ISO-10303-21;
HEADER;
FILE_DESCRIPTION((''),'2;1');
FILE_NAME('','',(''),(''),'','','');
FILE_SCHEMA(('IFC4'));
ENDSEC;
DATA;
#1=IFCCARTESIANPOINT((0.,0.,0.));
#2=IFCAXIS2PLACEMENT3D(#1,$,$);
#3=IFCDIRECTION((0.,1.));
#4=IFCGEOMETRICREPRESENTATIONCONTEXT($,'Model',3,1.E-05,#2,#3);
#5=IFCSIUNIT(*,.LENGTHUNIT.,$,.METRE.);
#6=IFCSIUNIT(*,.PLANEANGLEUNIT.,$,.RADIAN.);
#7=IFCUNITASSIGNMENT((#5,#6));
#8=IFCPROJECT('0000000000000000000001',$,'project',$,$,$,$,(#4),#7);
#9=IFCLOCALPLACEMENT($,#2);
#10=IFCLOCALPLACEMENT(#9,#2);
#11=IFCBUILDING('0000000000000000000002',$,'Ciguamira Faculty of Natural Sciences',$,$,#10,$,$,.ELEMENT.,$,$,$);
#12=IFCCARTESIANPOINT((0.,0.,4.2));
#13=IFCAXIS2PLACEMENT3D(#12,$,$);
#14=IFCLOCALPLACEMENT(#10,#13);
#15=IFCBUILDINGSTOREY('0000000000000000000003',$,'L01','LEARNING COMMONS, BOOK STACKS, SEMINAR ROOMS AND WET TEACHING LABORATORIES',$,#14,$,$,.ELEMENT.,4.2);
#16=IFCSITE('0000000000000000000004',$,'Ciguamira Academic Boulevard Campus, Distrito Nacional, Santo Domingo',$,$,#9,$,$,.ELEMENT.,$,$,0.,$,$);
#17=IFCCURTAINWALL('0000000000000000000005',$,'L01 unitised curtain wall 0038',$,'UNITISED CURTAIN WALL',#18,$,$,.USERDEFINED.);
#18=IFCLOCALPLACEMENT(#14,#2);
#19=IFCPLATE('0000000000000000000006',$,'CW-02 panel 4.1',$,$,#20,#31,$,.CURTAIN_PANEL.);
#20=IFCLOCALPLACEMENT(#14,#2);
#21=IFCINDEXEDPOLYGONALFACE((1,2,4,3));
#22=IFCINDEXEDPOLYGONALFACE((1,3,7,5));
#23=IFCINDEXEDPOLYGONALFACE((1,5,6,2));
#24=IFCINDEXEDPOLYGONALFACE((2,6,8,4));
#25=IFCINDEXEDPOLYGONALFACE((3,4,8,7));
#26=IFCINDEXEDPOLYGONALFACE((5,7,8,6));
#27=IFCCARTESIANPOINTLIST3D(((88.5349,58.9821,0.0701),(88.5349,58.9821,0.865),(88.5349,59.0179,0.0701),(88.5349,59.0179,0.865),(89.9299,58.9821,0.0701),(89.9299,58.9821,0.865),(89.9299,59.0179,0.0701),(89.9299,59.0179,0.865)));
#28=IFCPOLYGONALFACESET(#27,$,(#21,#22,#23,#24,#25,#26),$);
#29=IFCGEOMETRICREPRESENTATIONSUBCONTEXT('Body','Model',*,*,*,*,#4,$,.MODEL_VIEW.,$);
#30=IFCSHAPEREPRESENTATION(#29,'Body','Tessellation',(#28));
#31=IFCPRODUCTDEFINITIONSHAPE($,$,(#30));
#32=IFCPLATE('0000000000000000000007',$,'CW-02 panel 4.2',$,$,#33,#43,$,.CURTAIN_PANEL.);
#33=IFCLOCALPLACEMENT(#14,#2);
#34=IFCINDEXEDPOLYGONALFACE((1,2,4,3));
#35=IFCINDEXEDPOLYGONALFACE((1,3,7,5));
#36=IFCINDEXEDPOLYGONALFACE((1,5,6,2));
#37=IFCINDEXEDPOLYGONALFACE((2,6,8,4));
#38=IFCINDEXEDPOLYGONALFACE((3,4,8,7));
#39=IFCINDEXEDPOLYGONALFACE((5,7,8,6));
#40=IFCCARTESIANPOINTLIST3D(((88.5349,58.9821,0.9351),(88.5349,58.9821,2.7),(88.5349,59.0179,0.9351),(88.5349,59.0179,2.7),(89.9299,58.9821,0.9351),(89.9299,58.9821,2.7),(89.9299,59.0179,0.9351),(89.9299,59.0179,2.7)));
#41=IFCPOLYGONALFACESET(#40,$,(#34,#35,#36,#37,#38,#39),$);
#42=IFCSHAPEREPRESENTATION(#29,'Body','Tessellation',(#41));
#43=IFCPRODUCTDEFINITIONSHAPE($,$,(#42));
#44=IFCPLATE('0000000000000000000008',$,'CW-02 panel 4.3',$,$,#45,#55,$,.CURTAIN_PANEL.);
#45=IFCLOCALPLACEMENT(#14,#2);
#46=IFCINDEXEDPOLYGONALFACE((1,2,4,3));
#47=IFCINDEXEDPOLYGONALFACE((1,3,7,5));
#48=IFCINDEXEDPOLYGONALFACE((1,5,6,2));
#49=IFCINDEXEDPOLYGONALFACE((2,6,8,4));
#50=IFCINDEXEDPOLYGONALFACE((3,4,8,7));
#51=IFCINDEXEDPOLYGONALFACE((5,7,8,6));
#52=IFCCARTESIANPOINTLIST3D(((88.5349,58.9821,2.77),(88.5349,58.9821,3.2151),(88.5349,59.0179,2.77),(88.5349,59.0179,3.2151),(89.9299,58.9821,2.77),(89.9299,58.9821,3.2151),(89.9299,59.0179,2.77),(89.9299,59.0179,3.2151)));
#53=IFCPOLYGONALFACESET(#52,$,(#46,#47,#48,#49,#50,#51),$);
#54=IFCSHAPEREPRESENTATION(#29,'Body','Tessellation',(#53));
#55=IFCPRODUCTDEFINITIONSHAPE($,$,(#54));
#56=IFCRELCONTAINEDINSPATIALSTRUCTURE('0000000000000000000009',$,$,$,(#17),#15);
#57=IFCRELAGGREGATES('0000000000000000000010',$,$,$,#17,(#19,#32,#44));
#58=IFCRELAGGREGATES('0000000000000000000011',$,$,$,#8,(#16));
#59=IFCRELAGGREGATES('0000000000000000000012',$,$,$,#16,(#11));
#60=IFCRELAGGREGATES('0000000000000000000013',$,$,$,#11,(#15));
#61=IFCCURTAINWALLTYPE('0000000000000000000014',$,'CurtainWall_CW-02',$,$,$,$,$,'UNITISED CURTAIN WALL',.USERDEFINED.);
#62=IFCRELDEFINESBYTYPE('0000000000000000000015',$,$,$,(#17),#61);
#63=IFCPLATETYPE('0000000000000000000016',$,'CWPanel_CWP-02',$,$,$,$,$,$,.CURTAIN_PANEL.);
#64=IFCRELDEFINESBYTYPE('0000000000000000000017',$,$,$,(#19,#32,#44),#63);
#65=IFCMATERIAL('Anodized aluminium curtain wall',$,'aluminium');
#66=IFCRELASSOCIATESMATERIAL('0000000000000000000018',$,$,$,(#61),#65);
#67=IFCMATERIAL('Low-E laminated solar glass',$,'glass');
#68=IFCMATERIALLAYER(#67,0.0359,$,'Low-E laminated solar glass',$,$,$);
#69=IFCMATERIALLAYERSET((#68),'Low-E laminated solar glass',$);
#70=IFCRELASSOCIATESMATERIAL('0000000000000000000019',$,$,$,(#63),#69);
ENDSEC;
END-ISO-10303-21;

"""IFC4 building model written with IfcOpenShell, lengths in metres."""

from ifc_helpers import new_model, si_unit, direction, frame, origin, origin_2d, place, context, subcontext, project, spatial, rectangle, extrude, material, layer, layer_set, type_object, element, aggregate, save


model = new_model("IFC4")

# Units and contexts
model_context = context("Model", 3, precision=1e-05, world=origin(), true_north=direction((0.0, 1.0)))
body_context = subcontext(model_context, "Body", "Model", "MODEL_VIEW")
ifc_project = project(units=[si_unit("LENGTHUNIT", "METRE"), si_unit("PLANEANGLEUNIT", "RADIAN")], contexts=[model_context])

# Site, building, storey
site_placement = place(None, origin())
site = spatial("IfcSite", under=ifc_project, at=site_placement, Name="Ciguamira Academic Boulevard Campus, Distrito Nacional, Santo Domingo", CompositionType="ELEMENT", RefElevation=0.0)
building_placement = place(site_placement, origin())
building = spatial("IfcBuilding", under=site, at=building_placement, Name="Ciguamira Faculty of Natural Sciences", CompositionType="ELEMENT")
storey_placement = place(building_placement, frame((0.0, 0.0, 4.2)))
storey = spatial("IfcBuildingStorey", under=building, at=storey_placement, Name="L01", Description="LEARNING COMMONS, BOOK STACKS, SEMINAR ROOMS AND WET TEACHING LABORATORIES", CompositionType="ELEMENT", Elevation=4.2)

# Curtain wall
ifc_material_1 = material(Name="Anodized aluminium curtain wall", Category="aluminium")
curtain_wall_type = type_object("IfcCurtainWallType", Name="CurtainWall_CW-02", ElementType="UNITISED CURTAIN WALL", PredefinedType="USERDEFINED", material=ifc_material_1)
curtain_wall_placement = place(storey_placement, origin())
curtain_wall = element("IfcCurtainWall", 1, at=curtain_wall_placement, inside=storey, type_object=curtain_wall_type, Name="L01 unitised curtain wall 0038", ObjectType="UNITISED CURTAIN WALL", PredefinedType="USERDEFINED")

# Plates
ifc_material_2 = material(Name="Low-E laminated solar glass", Category="glass")
ifc_layer = layer(ifc_material_2, 0.0359, Name="Low-E laminated solar glass")
ifc_layer_set = layer_set([ifc_layer], Name="Low-E laminated solar glass")
plate_type = type_object("IfcPlateType", Name="CWPanel_CWP-02", PredefinedType="CURTAIN_PANEL", material=ifc_layer_set)
plate_1_placement = place(storey_placement, frame((89.2324, 59.0, 0.0701), z_axis=(0.0, 0.0, 1.0), x_axis=(1.0, 0.0, 0.0)))
plate_1 = element("IfcPlate", 2, at=plate_1_placement, type_object=plate_type, Name="CW-02 panel 4.1", PredefinedType="CURTAIN_PANEL", context=body_context, shape_type="SweptSolid", body=[
    extrude(rectangle(XDim=1.395, YDim=0.0359, at=origin_2d()), origin(), (0.0, 0.0, 1.0), 0.7949),
])
plate_2_placement = place(storey_placement, frame((89.2324, 59.0, 0.9351), z_axis=(0.0, 0.0, 1.0), x_axis=(1.0, 0.0, 0.0)))
plate_2 = element("IfcPlate", 3, at=plate_2_placement, type_object=plate_type, Name="CW-02 panel 4.2", PredefinedType="CURTAIN_PANEL", context=body_context, shape_type="SweptSolid", body=[
    extrude(rectangle(XDim=1.395, YDim=0.0359, at=origin_2d()), origin(), (0.0, 0.0, 1.0), 1.7649),
])
plate_3_placement = place(storey_placement, frame((89.2324, 59.0, 2.77), z_axis=(0.0, 0.0, 1.0), x_axis=(1.0, 0.0, 0.0)))
plate_3 = element("IfcPlate", 4, at=plate_3_placement, type_object=plate_type, Name="CW-02 panel 4.3", PredefinedType="CURTAIN_PANEL", context=body_context, shape_type="SweptSolid", body=[
    extrude(rectangle(XDim=1.395, YDim=0.0359, at=origin_2d()), origin(), (0.0, 0.0, 1.0), 0.4451),
])
aggregate(curtain_wall, [plate_1, plate_2, plate_3])

save(model, "model.ifc")
